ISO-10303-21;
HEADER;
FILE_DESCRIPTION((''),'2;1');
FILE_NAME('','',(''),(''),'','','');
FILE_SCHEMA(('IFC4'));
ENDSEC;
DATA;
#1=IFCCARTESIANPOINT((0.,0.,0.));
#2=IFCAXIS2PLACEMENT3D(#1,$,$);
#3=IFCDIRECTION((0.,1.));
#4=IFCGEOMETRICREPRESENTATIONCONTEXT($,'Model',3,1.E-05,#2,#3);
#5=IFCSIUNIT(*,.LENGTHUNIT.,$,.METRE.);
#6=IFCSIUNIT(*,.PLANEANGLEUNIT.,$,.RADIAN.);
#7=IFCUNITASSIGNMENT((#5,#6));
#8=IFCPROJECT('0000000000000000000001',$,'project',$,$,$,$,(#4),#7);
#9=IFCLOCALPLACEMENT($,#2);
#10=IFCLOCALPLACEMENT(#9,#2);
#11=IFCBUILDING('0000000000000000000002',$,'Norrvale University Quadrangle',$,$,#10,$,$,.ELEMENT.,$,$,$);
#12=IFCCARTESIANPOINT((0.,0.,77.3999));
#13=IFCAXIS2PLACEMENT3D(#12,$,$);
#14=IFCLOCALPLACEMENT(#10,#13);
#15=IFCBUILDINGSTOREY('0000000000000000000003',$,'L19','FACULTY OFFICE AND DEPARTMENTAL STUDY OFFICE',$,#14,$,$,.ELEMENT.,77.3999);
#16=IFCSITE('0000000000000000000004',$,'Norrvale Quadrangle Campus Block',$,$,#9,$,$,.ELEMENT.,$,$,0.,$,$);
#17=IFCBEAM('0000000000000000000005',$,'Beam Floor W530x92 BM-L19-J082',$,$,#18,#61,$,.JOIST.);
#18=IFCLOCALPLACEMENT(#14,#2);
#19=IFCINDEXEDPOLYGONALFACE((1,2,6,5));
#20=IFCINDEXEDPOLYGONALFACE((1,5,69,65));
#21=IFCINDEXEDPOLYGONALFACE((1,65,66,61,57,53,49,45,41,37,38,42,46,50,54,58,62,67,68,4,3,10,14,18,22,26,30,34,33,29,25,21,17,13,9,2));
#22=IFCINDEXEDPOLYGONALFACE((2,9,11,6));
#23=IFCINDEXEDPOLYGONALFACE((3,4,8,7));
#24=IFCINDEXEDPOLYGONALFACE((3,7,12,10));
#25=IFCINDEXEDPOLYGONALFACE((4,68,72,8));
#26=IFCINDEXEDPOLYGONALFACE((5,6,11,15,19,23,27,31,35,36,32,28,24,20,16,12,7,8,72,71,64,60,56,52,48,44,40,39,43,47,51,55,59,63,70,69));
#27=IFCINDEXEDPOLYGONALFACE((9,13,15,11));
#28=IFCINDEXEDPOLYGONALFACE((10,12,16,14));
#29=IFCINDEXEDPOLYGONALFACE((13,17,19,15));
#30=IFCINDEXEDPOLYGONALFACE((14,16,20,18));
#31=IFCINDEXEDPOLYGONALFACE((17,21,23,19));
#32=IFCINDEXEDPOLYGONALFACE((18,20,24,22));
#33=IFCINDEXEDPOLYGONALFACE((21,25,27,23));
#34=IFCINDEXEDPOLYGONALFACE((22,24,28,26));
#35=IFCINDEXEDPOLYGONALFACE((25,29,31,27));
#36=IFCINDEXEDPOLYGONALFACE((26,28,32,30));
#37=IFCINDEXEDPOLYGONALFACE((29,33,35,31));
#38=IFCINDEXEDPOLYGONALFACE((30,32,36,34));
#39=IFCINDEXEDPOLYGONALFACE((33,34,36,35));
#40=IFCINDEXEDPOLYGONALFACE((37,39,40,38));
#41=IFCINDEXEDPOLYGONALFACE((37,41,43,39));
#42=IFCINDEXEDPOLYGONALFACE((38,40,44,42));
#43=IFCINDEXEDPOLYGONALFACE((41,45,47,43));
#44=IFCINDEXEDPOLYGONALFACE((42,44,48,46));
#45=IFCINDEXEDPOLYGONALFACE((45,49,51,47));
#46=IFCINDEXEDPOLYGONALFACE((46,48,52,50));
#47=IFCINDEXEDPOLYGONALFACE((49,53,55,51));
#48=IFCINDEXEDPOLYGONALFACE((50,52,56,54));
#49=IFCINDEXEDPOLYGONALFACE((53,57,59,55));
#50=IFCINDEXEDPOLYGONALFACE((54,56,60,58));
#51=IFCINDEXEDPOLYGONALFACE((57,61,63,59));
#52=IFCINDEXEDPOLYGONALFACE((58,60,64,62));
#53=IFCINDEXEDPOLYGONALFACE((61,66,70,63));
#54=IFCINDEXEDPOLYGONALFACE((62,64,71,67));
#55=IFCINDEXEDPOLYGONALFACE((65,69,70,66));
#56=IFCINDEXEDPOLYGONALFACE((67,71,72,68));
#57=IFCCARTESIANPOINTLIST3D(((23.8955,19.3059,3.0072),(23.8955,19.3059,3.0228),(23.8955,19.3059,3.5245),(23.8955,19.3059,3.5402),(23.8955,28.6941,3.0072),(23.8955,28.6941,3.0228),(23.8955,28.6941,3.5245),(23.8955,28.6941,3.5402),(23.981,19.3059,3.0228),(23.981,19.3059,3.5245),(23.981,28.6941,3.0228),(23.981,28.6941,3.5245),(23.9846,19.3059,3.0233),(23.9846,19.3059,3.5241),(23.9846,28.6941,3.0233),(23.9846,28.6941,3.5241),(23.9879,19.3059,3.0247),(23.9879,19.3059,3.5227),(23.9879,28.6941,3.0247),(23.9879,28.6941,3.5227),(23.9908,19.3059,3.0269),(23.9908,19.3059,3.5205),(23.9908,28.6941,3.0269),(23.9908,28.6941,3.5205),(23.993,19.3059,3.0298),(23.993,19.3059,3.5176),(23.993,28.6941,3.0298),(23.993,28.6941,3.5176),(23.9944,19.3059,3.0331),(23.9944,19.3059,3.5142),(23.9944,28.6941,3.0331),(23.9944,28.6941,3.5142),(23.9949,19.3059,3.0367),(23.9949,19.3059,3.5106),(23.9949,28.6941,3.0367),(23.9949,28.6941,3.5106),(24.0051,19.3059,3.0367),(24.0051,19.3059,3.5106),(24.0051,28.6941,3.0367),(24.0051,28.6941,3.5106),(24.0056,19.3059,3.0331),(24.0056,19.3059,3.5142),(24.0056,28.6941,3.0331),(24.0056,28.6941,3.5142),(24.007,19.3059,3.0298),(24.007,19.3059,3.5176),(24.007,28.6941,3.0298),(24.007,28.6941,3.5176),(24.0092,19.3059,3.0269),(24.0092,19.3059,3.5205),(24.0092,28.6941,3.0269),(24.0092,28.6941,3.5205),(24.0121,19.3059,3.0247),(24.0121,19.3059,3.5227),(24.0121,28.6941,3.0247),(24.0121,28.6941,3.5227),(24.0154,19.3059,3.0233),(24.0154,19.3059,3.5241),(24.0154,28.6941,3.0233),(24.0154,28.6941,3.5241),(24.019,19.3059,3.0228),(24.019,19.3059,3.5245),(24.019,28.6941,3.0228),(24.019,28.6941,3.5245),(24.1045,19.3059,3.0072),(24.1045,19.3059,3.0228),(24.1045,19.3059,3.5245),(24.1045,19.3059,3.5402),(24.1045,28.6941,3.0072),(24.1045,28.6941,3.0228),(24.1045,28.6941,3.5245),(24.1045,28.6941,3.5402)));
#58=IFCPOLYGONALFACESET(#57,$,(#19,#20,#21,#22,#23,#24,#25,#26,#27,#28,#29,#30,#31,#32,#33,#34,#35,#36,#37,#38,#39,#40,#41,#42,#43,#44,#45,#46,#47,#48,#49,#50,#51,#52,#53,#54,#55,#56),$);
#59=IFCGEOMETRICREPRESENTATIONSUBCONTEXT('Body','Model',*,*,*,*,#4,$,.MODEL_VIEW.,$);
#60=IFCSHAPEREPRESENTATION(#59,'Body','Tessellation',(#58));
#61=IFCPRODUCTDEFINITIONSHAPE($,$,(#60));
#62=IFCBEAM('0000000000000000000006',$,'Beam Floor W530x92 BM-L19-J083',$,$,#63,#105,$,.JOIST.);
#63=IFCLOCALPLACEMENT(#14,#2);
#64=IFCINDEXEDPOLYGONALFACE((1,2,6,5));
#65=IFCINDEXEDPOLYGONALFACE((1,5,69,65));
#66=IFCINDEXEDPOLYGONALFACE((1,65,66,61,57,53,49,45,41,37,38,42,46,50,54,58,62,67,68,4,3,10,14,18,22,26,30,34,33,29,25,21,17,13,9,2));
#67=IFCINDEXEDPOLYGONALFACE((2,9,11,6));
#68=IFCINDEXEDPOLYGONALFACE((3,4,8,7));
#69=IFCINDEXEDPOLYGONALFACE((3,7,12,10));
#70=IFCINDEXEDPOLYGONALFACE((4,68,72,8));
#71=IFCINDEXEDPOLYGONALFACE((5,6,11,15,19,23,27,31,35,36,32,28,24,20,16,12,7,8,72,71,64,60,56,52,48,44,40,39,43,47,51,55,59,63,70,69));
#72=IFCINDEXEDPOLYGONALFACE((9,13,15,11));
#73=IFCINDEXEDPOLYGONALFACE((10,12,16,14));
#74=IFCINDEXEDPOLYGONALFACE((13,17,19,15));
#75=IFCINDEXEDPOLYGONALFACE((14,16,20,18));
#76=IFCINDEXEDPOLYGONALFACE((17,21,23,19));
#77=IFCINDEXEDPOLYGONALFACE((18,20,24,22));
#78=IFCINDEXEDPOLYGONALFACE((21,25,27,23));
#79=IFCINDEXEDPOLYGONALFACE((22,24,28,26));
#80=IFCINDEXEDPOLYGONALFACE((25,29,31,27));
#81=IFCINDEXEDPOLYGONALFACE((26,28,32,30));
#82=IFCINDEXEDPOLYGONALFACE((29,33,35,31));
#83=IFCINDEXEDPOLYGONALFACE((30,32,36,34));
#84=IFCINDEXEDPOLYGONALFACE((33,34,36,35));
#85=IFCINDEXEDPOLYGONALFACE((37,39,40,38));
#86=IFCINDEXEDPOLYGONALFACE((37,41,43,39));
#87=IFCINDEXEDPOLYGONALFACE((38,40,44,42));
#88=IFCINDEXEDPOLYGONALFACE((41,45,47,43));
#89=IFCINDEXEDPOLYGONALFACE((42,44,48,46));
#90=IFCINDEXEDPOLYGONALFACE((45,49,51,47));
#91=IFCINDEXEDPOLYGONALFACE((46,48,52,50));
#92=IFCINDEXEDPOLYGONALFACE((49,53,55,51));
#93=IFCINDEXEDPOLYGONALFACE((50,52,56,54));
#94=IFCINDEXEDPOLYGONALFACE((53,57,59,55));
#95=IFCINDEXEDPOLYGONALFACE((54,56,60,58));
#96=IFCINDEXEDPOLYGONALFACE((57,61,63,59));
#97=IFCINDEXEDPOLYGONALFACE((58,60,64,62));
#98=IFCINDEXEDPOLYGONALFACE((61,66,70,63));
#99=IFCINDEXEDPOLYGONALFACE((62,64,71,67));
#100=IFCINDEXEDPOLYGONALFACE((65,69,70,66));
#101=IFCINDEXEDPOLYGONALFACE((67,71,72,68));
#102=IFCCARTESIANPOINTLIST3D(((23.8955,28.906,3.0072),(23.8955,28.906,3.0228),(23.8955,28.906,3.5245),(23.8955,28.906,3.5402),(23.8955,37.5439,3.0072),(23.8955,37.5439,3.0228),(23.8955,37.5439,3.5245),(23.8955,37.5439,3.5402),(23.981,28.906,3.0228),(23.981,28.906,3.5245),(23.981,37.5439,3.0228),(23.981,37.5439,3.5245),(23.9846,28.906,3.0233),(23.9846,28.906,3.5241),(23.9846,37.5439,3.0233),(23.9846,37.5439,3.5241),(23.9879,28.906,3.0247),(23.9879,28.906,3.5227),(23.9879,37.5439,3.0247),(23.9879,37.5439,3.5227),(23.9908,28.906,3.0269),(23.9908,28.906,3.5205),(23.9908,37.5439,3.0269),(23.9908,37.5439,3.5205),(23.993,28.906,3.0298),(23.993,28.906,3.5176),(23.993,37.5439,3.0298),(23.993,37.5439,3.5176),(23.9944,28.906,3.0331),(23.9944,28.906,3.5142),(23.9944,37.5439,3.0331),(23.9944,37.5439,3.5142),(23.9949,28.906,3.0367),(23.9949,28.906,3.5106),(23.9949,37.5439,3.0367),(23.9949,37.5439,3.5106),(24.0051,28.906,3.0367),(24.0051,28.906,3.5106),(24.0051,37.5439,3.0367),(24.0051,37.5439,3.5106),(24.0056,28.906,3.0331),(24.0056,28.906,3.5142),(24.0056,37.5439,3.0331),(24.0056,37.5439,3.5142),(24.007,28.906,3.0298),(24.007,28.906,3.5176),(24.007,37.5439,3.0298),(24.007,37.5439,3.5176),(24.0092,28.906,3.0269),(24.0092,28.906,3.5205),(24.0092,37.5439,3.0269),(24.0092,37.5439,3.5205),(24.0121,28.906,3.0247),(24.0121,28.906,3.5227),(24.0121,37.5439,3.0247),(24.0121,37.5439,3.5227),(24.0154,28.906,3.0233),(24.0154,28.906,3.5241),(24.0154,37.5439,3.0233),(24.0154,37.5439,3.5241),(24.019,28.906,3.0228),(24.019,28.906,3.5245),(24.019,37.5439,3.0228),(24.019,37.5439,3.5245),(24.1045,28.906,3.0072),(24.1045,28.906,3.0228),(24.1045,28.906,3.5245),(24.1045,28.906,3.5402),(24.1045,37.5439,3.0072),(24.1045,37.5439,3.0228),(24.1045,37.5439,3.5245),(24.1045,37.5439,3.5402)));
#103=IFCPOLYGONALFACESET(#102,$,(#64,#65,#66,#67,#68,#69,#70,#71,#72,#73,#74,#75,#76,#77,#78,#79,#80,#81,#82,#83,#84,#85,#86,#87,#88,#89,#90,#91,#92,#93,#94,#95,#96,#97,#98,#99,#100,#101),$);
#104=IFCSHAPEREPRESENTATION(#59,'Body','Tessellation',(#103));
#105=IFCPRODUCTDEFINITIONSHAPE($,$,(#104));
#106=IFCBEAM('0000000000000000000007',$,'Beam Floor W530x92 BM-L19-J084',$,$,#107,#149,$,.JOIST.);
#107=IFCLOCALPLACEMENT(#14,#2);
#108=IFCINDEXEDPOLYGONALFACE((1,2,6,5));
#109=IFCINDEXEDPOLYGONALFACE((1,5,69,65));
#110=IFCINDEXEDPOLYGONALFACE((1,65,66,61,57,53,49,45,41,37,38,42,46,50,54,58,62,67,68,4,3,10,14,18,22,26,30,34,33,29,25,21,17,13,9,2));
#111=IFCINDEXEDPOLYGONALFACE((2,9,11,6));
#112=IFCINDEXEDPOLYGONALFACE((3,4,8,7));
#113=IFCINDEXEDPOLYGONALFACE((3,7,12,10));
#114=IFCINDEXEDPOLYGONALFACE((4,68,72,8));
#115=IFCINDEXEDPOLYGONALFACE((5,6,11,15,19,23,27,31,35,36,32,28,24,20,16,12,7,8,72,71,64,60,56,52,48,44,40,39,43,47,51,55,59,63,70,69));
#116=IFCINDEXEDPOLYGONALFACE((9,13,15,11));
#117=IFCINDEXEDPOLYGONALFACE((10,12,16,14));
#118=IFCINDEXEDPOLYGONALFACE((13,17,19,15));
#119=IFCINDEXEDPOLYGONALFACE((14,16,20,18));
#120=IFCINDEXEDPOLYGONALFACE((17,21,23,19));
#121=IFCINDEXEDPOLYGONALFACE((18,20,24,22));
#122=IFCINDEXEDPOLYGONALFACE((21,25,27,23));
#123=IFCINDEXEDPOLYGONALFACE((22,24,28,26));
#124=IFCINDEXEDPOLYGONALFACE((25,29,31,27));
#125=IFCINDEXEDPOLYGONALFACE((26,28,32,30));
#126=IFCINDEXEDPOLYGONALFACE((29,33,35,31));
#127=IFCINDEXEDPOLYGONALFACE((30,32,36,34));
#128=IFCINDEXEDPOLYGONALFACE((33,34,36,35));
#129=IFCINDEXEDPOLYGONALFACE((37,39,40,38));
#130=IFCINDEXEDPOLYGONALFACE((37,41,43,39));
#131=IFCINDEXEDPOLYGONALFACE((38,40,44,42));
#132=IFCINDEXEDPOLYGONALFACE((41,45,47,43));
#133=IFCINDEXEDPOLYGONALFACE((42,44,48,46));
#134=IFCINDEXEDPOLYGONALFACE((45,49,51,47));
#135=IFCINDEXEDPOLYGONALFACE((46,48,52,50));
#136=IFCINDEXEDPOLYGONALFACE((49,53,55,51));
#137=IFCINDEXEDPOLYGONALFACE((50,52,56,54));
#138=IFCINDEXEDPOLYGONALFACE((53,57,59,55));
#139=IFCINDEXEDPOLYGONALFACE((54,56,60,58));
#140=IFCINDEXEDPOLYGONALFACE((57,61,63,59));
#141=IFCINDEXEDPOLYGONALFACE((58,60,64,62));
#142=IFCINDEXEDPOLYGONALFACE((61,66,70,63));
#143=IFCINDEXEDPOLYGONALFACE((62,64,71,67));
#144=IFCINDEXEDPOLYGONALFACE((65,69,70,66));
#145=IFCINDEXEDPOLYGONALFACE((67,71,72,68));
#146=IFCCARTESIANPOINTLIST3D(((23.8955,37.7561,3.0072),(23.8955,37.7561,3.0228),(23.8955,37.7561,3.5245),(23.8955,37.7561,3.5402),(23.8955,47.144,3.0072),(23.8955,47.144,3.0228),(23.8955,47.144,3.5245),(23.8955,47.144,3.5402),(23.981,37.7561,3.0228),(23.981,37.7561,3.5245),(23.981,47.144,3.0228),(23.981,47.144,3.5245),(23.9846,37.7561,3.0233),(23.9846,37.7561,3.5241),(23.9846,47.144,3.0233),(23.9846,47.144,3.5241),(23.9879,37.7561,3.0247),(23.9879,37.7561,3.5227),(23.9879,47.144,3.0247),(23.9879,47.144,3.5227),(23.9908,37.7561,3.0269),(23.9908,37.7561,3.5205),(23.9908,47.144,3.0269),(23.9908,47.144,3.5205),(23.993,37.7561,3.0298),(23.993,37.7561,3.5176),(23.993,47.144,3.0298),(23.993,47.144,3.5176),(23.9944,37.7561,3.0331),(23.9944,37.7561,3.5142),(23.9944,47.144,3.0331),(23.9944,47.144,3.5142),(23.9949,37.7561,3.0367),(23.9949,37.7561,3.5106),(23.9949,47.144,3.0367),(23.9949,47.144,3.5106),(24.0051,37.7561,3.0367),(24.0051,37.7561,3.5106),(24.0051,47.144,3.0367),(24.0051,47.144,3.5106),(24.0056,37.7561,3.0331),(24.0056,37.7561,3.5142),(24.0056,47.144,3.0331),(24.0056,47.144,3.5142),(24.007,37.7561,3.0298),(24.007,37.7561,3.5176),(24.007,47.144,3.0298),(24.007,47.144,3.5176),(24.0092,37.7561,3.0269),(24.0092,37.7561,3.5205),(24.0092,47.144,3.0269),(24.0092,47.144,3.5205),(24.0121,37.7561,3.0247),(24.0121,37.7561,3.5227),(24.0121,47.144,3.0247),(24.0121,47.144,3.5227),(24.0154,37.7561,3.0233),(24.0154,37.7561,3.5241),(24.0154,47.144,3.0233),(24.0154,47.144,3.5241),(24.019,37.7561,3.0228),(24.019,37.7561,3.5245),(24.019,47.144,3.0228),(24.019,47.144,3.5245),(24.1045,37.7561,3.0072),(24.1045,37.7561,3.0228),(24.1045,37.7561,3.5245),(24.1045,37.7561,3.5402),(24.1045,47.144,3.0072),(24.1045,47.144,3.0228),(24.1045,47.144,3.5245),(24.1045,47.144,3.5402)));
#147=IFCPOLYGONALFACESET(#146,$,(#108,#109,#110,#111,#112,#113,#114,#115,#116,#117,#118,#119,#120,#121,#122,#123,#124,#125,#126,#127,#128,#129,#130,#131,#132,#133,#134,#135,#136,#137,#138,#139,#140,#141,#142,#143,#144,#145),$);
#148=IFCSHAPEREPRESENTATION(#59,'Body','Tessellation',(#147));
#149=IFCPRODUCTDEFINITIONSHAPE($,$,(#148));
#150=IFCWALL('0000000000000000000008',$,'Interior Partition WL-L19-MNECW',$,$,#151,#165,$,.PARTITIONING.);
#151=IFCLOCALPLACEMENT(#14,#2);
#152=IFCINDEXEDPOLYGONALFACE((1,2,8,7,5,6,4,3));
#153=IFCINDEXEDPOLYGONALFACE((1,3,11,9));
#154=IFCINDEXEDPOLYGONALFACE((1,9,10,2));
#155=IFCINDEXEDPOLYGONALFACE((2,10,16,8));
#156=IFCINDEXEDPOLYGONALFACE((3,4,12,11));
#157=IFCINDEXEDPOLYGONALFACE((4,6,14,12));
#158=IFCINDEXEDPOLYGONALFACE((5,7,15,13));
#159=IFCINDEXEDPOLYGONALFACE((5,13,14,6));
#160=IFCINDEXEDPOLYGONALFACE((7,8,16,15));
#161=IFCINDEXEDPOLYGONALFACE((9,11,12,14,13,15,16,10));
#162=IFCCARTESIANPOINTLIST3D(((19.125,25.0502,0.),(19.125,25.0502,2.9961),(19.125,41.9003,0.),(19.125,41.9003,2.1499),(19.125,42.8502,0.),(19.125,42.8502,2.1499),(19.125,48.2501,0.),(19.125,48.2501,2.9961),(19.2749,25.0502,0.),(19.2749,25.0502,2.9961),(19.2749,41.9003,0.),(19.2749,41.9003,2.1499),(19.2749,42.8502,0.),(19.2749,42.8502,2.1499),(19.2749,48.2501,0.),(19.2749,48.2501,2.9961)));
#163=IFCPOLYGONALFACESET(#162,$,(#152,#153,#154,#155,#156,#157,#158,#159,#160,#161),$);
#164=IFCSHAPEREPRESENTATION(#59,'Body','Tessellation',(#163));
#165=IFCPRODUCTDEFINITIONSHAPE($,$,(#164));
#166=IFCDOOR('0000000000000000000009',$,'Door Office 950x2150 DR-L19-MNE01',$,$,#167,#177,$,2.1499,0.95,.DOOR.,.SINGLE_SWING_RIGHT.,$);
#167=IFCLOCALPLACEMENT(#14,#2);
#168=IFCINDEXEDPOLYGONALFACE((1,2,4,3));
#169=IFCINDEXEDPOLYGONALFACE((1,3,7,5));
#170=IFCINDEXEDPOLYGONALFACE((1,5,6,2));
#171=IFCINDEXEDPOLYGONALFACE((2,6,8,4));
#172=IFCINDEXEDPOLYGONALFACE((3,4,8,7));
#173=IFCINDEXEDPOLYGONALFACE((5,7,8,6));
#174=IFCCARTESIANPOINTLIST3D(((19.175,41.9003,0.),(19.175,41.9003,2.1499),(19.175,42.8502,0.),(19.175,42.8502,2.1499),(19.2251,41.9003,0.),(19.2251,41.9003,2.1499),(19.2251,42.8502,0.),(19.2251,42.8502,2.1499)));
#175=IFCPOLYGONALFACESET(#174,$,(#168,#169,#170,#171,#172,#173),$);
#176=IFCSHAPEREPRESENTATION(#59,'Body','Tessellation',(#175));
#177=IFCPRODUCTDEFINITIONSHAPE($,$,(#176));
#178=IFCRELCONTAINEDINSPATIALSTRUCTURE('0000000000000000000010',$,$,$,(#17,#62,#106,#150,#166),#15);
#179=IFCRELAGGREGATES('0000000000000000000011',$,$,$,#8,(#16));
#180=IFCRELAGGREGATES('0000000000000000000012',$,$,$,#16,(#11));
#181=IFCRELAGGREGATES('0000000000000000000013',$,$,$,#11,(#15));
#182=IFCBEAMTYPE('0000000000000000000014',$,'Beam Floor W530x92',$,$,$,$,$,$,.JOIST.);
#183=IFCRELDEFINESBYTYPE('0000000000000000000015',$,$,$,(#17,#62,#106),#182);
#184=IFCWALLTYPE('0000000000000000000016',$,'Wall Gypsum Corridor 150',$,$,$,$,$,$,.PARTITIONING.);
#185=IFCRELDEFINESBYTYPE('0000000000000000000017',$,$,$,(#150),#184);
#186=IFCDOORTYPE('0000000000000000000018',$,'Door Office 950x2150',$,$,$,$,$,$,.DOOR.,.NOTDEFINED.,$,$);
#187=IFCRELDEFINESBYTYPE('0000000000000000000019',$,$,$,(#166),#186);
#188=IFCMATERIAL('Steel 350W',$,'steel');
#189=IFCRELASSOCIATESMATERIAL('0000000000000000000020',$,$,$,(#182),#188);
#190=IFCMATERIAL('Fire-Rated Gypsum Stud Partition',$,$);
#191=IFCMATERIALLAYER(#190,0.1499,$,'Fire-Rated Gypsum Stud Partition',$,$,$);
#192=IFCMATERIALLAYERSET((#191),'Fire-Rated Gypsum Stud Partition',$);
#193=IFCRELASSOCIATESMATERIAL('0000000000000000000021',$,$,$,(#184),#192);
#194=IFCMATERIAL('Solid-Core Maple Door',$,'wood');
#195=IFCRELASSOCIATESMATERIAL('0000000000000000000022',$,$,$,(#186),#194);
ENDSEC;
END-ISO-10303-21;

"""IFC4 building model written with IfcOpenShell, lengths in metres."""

from ifc_helpers import new_model, si_unit, direction, frame, frame_2d, origin, origin_2d, place, context, subcontext, project, spatial, rectangle, i_section, extrude, material, layer, layer_set, material_profile, profile_set, type_object, element, fill, save


model = new_model("IFC4")

# Units and contexts
model_context = context("Model", 3, precision=1e-05, world=origin(), true_north=direction((0.0, 1.0)))
body_context = subcontext(model_context, "Body", "Model", "MODEL_VIEW")
ifc_project = project(units=[si_unit("LENGTHUNIT", "METRE"), si_unit("PLANEANGLEUNIT", "RADIAN")], contexts=[model_context])

# Site, building, storey
site_placement = place(None, origin())
site = spatial("IfcSite", under=ifc_project, at=site_placement, Name="Norrvale Quadrangle Campus Block", CompositionType="ELEMENT", RefElevation=0.0)
building_placement = place(site_placement, origin())
building = spatial("IfcBuilding", under=site, at=building_placement, Name="Norrvale University Quadrangle", CompositionType="ELEMENT")
storey_placement = place(building_placement, frame((0.0, 0.0, 77.3999)))
storey = spatial("IfcBuildingStorey", under=building, at=storey_placement, Name="L19", Description="FACULTY OFFICE AND DEPARTMENTAL STUDY OFFICE", CompositionType="ELEMENT", Elevation=77.3999)

# Beams
ifc_material_1 = material(Name="Steel 350W", Category="steel")
ifc_material_profile_1 = material_profile(ifc_material_1, i_section(OverallWidth=0.209, OverallDepth=0.533, WebThickness=0.0103, FlangeThickness=0.0156, FilletRadius=0.0139, at=origin_2d()), Name="Steel 350W")
ifc_profile_set_1 = profile_set([ifc_material_profile_1], Name="Steel 350W")
beam_type_1 = type_object("IfcBeamType", Name="Beam Floor W530x92", PredefinedType="JOIST", material=ifc_profile_set_1)
beam_1_placement = place(storey_placement, frame((24.0, 19.3059, 3.2737), z_axis=(0.0, 1.0, 0.0), x_axis=(-1.0, 0.0, 0.0)))
element("IfcBeam", 1, at=beam_1_placement, inside=storey, type_object=beam_type_1, Name="Beam Floor W530x92 BM-L19-J082", PredefinedType="JOIST", context=body_context, shape_type="SweptSolid", body=[
    extrude(i_section(OverallWidth=0.209, OverallDepth=0.533, WebThickness=0.0103, FlangeThickness=0.0156, FilletRadius=0.0139, at=origin_2d()), origin(), (0.0, 0.0, 1.0), 9.3882),
])
beam_2_placement = place(storey_placement, frame((24.0, 28.906, 3.2737), z_axis=(0.0, 1.0, 0.0), x_axis=(-1.0, 0.0, 0.0)))
element("IfcBeam", 2, at=beam_2_placement, inside=storey, type_object=beam_type_1, Name="Beam Floor W530x92 BM-L19-J083", PredefinedType="JOIST", context=body_context, shape_type="SweptSolid", body=[
    extrude(i_section(OverallWidth=0.209, OverallDepth=0.533, WebThickness=0.0103, FlangeThickness=0.0156, FilletRadius=0.0139, at=origin_2d()), origin(), (0.0, 0.0, 1.0), 8.6379),
])
beam_3_placement = place(storey_placement, frame((24.0, 37.7561, 3.2737), z_axis=(0.0, 1.0, 0.0), x_axis=(-1.0, 0.0, 0.0)))
element("IfcBeam", 3, at=beam_3_placement, inside=storey, type_object=beam_type_1, Name="Beam Floor W530x92 BM-L19-J084", PredefinedType="JOIST", context=body_context, shape_type="SweptSolid", body=[
    extrude(i_section(OverallWidth=0.209, OverallDepth=0.533, WebThickness=0.0103, FlangeThickness=0.0156, FilletRadius=0.0139, at=origin_2d()), origin(), (0.0, 0.0, 1.0), 9.3879),
])

# Wall, opening, door
ifc_material_2 = material(Name="Fire-Rated Gypsum Stud Partition")
ifc_layer_1 = layer(ifc_material_2, 0.1499, Name="Fire-Rated Gypsum Stud Partition")
ifc_layer_set_1 = layer_set([ifc_layer_1], Name="Fire-Rated Gypsum Stud Partition")
wall_type_1 = type_object("IfcWallType", Name="Wall Gypsum Corridor 150", PredefinedType="PARTITIONING", material=ifc_layer_set_1)
wall_1_placement = place(storey_placement, frame((19.2, 25.05, 0.0), z_axis=(0.0, 0.0, 1.0), x_axis=(0.0, 1.0, 0.0)))
wall_1 = element("IfcWall", 4, at=wall_1_placement, inside=storey, type_object=wall_type_1, Name="Interior Partition WL-L19-MNECW", PredefinedType="PARTITIONING", context=body_context, shape_type="SweptSolid", body=[
    extrude(rectangle(XDim=23.2, YDim=0.1499, at=frame_2d((11.6001, 0.0))), origin(), (0.0, 0.0, 1.0), 2.9961),
])
opening_1_placement = place(wall_1_placement, frame((16.8501, 0.0, 0.0)))
opening_1 = element("IfcOpeningElement", 5, at=opening_1_placement, cuts=wall_1, PredefinedType="OPENING", context=body_context, shape_type="SweptSolid", body=[
    extrude(rectangle(XDim=0.95, YDim=2.1499, at=frame_2d((0.4751, 1.075))), frame((0.0, 0.0869, 0.0), z_axis=(0.0, -1.0, 0.0), x_axis=(1.0, 0.0, 0.0)), (0.0, 0.0, 1.0), 0.1738),
])
ifc_material_3 = material(Name="Solid-Core Maple Door", Category="wood")
door_type_1 = type_object("IfcDoorType", Name="Door Office 950x2150", OperationType="NOTDEFINED", PredefinedType="DOOR", material=ifc_material_3)
door_1_placement = place(opening_1_placement, origin())
door_1 = element("IfcDoor", 6, at=door_1_placement, inside=storey, type_object=door_type_1, Name="Door Office 950x2150 DR-L19-MNE01", OperationType="SINGLE_SWING_RIGHT", OverallHeight=2.1499, OverallWidth=0.95, PredefinedType="DOOR", context=body_context, shape_type="SweptSolid", body=[
    extrude(rectangle(XDim=0.95, YDim=2.1499, at=frame_2d((0.4751, 1.075))), frame((0.0, 0.0249, 0.0), z_axis=(0.0, -1.0, 0.0), x_axis=(1.0, 0.0, 0.0)), (0.0, 0.0, 1.0), 0.05),
])
fill(opening_1, door_1)

save(model, "model.ifc")
